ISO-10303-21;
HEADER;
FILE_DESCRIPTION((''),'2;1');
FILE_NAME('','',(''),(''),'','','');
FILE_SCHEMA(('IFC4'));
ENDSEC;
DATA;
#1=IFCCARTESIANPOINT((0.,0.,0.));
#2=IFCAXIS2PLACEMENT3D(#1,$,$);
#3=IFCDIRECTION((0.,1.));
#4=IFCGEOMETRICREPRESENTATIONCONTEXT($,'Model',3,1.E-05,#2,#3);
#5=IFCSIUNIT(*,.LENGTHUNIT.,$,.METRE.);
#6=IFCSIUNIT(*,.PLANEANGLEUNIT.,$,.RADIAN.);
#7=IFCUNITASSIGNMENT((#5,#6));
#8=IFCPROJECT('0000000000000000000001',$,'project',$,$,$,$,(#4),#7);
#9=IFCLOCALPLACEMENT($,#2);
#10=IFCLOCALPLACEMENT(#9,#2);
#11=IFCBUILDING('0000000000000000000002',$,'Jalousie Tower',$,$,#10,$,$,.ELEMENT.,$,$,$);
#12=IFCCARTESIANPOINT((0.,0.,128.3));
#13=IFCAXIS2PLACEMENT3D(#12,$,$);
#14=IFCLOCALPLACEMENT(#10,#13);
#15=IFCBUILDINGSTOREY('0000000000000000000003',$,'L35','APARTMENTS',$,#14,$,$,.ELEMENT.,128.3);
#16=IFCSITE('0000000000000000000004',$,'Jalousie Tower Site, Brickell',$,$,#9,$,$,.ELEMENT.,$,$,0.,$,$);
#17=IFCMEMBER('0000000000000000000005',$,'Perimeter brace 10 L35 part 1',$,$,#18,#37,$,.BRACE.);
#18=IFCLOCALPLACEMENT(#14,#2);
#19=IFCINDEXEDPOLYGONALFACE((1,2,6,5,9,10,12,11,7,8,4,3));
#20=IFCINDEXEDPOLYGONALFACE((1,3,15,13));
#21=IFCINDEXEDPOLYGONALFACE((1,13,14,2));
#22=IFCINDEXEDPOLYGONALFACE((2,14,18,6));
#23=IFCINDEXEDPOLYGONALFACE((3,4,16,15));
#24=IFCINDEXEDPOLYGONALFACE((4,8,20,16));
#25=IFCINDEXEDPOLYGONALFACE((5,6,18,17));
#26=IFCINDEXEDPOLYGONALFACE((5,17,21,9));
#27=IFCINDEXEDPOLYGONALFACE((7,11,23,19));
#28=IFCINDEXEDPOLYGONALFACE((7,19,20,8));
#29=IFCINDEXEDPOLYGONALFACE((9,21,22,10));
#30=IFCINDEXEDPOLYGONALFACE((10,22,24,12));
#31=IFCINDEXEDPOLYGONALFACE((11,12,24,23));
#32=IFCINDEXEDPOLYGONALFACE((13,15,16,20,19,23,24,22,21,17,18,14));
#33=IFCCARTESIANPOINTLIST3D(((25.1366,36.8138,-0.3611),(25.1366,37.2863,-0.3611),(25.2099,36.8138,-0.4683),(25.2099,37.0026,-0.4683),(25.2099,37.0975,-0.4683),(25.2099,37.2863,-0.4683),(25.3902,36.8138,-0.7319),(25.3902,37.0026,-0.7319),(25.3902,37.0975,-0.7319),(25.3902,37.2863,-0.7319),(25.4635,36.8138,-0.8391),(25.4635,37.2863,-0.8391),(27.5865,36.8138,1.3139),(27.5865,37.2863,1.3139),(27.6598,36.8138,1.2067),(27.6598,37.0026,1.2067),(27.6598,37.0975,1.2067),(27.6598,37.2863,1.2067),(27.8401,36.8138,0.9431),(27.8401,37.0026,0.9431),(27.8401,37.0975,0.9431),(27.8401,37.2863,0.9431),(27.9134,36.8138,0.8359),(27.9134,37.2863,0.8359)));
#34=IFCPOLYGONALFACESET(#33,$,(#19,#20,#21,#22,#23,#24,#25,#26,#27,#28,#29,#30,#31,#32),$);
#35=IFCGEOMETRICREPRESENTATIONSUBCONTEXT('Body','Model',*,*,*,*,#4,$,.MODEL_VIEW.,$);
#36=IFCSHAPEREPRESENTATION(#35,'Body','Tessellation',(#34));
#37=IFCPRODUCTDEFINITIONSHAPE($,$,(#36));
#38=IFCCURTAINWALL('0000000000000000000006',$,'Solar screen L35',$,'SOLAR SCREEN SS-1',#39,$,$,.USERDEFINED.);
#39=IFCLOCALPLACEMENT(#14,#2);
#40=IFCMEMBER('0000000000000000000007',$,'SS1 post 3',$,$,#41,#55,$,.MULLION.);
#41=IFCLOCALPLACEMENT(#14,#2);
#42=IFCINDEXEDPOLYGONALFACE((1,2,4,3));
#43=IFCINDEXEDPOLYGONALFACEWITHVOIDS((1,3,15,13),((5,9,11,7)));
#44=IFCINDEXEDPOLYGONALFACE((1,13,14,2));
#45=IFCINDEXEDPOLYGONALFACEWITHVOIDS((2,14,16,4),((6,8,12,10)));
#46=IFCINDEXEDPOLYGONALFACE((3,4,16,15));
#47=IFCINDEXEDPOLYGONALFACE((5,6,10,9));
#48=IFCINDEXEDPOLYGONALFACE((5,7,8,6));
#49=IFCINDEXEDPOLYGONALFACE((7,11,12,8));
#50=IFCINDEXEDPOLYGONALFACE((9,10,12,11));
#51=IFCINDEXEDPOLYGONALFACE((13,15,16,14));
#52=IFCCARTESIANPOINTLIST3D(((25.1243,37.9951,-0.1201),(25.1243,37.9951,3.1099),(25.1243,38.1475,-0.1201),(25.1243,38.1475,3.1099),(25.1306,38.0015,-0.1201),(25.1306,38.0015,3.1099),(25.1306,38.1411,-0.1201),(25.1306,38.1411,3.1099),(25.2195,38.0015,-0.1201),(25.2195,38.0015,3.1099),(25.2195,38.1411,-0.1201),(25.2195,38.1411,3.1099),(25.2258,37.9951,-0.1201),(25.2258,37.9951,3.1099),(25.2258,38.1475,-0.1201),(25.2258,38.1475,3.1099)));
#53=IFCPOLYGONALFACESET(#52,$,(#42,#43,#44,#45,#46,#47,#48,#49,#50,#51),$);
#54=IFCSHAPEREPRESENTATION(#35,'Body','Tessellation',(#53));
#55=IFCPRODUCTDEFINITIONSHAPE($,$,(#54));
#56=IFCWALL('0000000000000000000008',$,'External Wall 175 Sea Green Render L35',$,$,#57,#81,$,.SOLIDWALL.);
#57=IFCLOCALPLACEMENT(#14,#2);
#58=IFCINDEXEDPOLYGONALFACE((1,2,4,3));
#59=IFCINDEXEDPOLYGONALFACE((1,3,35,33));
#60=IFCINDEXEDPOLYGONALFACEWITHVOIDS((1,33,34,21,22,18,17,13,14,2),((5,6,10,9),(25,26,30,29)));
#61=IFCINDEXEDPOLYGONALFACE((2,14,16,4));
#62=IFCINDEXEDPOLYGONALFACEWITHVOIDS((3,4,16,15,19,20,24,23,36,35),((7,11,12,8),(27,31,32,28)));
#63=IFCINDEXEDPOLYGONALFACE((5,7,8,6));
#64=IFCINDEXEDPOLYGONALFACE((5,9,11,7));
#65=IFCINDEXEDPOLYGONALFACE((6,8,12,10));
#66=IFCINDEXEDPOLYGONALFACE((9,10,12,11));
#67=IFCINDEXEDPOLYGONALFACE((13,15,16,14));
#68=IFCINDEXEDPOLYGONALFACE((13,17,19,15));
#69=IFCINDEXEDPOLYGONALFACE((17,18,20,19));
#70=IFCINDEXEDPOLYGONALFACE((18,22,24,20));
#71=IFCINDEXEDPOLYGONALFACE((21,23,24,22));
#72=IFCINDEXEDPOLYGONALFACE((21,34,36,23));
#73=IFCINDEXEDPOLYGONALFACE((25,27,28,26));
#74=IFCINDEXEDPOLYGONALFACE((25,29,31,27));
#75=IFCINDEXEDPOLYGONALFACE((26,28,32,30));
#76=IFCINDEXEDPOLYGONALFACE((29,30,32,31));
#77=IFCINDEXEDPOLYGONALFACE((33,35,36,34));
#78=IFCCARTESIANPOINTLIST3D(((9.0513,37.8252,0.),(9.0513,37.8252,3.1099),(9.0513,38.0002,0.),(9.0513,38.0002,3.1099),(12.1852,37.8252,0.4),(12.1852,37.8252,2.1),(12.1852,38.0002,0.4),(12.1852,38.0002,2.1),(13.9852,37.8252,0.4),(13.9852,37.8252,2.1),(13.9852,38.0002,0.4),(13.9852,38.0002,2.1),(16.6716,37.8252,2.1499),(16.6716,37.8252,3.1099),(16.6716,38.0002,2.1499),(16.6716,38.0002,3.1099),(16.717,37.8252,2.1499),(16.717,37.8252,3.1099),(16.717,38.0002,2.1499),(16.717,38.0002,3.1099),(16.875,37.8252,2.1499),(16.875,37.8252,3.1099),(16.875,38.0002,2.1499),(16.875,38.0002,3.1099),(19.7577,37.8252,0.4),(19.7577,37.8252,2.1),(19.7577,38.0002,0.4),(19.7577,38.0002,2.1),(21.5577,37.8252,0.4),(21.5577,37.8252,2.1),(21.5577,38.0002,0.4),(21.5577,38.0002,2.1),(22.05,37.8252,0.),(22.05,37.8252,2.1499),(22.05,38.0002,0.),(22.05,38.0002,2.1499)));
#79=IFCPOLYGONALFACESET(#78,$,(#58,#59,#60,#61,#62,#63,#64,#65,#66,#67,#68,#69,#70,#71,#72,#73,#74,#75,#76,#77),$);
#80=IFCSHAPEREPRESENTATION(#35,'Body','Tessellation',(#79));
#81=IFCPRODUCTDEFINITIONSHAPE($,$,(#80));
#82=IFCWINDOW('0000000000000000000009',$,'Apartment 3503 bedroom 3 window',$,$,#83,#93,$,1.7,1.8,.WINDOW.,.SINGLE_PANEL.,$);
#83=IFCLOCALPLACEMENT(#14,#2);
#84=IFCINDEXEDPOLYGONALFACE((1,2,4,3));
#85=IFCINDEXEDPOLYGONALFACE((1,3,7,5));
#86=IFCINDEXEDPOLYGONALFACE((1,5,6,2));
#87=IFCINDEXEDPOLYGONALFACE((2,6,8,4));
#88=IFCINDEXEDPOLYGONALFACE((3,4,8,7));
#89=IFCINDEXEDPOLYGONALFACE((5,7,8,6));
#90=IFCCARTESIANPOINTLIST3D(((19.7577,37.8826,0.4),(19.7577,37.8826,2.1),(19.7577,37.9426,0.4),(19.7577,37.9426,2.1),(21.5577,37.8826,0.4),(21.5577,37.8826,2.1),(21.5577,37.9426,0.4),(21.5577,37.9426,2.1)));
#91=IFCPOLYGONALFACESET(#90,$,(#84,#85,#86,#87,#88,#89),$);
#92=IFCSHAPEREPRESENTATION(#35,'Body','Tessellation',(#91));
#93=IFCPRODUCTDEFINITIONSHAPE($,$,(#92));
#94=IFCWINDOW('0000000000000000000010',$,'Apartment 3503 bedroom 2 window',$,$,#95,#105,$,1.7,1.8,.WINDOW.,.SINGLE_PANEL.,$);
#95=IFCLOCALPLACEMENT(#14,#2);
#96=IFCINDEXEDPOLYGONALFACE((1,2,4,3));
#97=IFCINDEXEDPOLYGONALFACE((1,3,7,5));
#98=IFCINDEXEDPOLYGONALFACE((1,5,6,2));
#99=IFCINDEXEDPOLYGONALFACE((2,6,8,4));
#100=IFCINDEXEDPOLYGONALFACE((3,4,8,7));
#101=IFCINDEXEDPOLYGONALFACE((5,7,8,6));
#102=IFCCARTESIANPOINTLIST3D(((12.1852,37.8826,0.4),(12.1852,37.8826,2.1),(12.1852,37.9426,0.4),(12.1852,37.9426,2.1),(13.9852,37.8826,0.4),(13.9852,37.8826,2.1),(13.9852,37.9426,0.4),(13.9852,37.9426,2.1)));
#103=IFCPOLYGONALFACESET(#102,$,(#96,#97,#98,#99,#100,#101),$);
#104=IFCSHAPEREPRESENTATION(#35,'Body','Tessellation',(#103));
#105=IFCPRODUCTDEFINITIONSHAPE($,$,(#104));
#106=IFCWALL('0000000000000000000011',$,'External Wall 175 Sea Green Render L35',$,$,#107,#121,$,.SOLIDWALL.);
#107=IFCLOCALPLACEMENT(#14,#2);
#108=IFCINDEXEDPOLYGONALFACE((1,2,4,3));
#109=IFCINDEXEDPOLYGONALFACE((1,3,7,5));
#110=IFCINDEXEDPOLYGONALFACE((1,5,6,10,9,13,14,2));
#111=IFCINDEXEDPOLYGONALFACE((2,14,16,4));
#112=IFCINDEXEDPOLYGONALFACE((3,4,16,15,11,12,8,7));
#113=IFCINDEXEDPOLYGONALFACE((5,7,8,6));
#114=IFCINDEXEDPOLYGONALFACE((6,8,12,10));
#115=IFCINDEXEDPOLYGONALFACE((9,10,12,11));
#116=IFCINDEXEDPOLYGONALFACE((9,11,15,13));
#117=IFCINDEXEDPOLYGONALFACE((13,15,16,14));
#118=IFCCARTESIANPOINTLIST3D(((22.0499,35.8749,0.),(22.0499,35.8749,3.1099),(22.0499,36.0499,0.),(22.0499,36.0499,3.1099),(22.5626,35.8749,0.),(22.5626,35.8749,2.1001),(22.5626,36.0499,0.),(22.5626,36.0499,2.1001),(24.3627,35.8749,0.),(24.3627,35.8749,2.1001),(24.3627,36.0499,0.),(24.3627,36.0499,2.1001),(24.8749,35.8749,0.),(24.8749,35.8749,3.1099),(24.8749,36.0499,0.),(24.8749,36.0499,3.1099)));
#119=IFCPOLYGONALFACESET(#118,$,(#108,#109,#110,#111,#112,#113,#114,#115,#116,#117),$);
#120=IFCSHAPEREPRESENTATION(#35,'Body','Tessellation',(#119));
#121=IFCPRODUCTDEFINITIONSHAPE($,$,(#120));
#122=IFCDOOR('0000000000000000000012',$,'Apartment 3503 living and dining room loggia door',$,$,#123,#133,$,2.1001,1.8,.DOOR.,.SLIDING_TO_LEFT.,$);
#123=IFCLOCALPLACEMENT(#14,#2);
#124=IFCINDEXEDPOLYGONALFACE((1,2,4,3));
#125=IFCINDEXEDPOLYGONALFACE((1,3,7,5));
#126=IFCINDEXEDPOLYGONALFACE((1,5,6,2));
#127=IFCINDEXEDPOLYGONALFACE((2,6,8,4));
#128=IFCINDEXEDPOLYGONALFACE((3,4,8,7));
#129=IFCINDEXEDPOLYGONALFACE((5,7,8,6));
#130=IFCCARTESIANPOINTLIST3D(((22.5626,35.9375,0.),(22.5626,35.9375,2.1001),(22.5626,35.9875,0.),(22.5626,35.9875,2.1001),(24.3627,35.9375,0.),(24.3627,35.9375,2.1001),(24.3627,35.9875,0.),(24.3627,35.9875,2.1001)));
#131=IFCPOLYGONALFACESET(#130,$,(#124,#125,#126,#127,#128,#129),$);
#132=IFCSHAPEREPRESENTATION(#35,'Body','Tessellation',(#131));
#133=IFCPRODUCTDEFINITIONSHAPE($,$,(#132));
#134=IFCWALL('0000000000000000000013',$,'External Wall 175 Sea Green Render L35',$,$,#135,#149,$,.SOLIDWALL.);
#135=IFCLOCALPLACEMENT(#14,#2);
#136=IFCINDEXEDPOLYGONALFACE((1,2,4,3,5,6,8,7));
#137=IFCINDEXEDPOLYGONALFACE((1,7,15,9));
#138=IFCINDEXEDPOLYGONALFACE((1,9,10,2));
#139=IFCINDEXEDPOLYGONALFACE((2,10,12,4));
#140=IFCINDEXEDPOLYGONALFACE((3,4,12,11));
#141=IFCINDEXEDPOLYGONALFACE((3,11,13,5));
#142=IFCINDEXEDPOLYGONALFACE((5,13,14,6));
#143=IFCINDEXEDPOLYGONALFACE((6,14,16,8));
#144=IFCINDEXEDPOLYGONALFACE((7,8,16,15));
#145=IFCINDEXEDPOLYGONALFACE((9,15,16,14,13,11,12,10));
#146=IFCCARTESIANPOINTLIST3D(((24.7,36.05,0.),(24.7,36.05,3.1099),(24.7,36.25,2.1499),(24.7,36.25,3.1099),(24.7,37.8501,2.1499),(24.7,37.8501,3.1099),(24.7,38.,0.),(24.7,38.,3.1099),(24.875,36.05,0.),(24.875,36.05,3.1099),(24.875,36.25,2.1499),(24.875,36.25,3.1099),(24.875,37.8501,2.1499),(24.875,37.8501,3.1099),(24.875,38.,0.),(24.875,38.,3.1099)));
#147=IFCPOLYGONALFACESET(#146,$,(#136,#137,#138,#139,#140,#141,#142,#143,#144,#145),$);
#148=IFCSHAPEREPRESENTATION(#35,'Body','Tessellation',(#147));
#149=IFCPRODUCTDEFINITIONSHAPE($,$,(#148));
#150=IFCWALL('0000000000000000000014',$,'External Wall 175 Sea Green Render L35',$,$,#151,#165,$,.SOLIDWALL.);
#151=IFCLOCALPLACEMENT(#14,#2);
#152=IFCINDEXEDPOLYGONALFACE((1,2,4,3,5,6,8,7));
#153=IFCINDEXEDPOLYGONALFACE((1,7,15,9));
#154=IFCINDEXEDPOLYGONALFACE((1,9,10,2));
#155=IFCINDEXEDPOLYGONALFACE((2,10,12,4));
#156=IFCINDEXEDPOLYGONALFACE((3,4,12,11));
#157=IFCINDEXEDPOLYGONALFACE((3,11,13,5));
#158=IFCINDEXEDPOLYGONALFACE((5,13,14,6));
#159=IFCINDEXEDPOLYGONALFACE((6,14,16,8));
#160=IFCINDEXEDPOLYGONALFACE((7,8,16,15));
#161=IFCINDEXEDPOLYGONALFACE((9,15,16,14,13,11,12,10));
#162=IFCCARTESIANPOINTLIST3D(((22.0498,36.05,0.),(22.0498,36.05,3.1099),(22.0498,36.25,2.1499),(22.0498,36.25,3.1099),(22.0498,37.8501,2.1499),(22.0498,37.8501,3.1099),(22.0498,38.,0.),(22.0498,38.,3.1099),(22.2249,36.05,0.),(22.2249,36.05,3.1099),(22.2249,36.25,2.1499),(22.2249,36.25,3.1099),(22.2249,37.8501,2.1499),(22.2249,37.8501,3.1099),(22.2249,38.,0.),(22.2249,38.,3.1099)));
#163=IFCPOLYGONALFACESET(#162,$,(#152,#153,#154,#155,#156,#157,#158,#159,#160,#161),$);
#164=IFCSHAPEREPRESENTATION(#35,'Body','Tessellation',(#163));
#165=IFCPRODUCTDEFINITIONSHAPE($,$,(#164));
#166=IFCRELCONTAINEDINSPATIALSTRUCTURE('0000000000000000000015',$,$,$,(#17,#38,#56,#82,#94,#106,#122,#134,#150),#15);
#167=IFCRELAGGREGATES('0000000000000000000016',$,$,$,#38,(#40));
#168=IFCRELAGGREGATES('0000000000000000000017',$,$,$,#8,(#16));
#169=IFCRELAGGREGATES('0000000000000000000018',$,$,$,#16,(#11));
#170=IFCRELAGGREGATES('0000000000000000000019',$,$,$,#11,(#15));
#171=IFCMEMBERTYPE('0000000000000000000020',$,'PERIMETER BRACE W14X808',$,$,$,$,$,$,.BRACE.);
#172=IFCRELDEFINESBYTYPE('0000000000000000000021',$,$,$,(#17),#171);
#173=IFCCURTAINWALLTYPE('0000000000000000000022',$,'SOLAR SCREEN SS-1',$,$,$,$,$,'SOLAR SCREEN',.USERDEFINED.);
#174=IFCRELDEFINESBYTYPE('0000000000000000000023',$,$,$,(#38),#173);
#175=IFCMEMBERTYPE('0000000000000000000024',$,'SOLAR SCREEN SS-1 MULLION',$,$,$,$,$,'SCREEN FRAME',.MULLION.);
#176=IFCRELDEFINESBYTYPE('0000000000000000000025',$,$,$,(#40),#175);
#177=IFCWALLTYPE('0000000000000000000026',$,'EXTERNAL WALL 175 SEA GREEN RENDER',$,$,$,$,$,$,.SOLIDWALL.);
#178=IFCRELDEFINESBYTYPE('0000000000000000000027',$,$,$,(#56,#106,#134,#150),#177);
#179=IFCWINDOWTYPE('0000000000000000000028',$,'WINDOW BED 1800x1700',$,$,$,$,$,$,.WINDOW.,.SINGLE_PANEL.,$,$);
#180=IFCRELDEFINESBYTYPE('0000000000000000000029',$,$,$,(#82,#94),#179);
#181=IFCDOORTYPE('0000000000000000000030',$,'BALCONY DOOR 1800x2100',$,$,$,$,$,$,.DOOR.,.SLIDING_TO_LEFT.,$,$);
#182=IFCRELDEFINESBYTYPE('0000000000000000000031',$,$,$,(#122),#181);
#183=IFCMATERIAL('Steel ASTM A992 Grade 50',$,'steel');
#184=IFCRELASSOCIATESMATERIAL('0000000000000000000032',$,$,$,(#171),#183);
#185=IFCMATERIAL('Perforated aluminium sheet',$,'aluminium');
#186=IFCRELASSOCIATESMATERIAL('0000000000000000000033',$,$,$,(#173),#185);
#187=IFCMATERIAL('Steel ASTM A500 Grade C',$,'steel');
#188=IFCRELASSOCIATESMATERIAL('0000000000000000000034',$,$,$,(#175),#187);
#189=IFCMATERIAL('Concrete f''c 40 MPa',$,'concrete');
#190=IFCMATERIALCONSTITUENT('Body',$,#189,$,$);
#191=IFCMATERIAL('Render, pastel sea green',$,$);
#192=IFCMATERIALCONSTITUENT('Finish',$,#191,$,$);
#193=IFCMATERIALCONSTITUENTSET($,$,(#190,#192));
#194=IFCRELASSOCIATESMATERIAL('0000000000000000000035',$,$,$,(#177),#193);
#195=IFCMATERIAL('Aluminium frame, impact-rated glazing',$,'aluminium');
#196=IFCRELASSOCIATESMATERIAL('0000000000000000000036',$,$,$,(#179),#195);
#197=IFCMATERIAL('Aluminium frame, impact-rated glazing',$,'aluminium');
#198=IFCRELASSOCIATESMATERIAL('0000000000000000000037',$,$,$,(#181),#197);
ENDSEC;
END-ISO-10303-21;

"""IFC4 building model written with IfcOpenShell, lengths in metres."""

from ifc_helpers import new_model, si_unit, direction, frame, frame_2d, origin, origin_2d, place, context, subcontext, project, spatial, polyline, rectangle, hollow_rectangle, i_section, outline, extrude, material, constituent, constituent_set, material_profile, profile_set, type_object, element, fill, aggregate, save


model = new_model("IFC4")

# Units and contexts
model_context = context("Model", 3, precision=1e-05, world=origin(), true_north=direction((0.0, 1.0)))
body_context = subcontext(model_context, "Body", "Model", "MODEL_VIEW")
ifc_project = project(units=[si_unit("LENGTHUNIT", "METRE"), si_unit("PLANEANGLEUNIT", "RADIAN")], contexts=[model_context])

# Site, building, storey
site_placement = place(None, origin())
site = spatial("IfcSite", under=ifc_project, at=site_placement, Name="Jalousie Tower Site, Brickell", CompositionType="ELEMENT", RefElevation=0.0)
building_placement = place(site_placement, origin())
building = spatial("IfcBuilding", under=site, at=building_placement, Name="Jalousie Tower", CompositionType="ELEMENT")
storey_placement = place(building_placement, frame((0.0, 0.0, 128.3)))
storey = spatial("IfcBuildingStorey", under=building, at=storey_placement, Name="L35", Description="APARTMENTS", CompositionType="ELEMENT", Elevation=128.3)

# Member
ifc_material_1 = material(Name="Steel ASTM A992 Grade 50", Category="steel")
ifc_material_profile_1 = material_profile(ifc_material_1, i_section(OverallWidth=0.4724, OverallDepth=0.5791, WebThickness=0.095, FlangeThickness=0.1299, at=origin_2d()), Name="W14X808")
ifc_profile_set_1 = profile_set([ifc_material_profile_1], Name="Steel ASTM A992 Grade 50")
member_type_1 = type_object("IfcMemberType", Name="PERIMETER BRACE W14X808", PredefinedType="BRACE", material=ifc_profile_set_1)
member_1_placement = place(storey_placement, frame((25.3, 37.05, -0.6001), z_axis=(0.825501, 0.0, 0.564401), x_axis=(0.0, 1.0, 0.0)))
element("IfcMember", 1, at=member_1_placement, inside=storey, type_object=member_type_1, Name="Perimeter brace 10 L35 part 1", PredefinedType="BRACE", context=body_context, shape_type="SweptSolid", body=[
    extrude(i_section(OverallWidth=0.4724, OverallDepth=0.5791, WebThickness=0.095, FlangeThickness=0.1299, at=origin_2d()), origin(), (0.0, 0.0, 1.0), 2.9678),
])

# Curtain wall, member
ifc_material_2 = material(Name="Perforated aluminium sheet", Category="aluminium")
curtain_wall_type = type_object("IfcCurtainWallType", Name="SOLAR SCREEN SS-1", ElementType="SOLAR SCREEN", PredefinedType="USERDEFINED", material=ifc_material_2)
curtain_wall_placement = place(storey_placement, origin())
curtain_wall = element("IfcCurtainWall", 2, at=curtain_wall_placement, inside=storey, type_object=curtain_wall_type, Name="Solar screen L35", ObjectType="SOLAR SCREEN SS-1", PredefinedType="USERDEFINED")
ifc_material_3 = material(Name="Steel ASTM A500 Grade C", Category="steel")
ifc_material_profile_2 = material_profile(ifc_material_3, hollow_rectangle(XDim=0.1016, YDim=0.1523, WallThickness=0.0063, at=origin_2d()), Name="HSS6X4X1/4")
ifc_profile_set_2 = profile_set([ifc_material_profile_2], Name="Steel ASTM A500 Grade C")
member_type_2 = type_object("IfcMemberType", Name="SOLAR SCREEN SS-1 MULLION", ElementType="SCREEN FRAME", PredefinedType="MULLION", material=ifc_profile_set_2)
member_2_placement = place(storey_placement, frame((25.175, 38.0713, -0.1201), z_axis=(0.0, 0.0, 1.0), x_axis=(-1.0, 0.0, 0.0)))
member_2 = element("IfcMember", 3, at=member_2_placement, type_object=member_type_2, Name="SS1 post 3", PredefinedType="MULLION", context=body_context, shape_type="SweptSolid", body=[
    extrude(hollow_rectangle(XDim=0.1016, YDim=0.1523, WallThickness=0.0063, at=origin_2d()), origin(), (0.0, 0.0, 1.0), 3.23),
])
aggregate(curtain_wall, [member_2])

# Wall, openings, windows
ifc_material_4 = material(Name="Concrete f'c 40 MPa", Category="concrete")
ifc_constituent_1 = constituent(ifc_material_4, Name="Body")
ifc_material_5 = material(Name="Render, pastel sea green")
ifc_constituent_2 = constituent(ifc_material_5, Name="Finish")
ifc_constituent_set_1 = constituent_set(constituents=[ifc_constituent_1, ifc_constituent_2])
wall_type_1 = type_object("IfcWallType", Name="EXTERNAL WALL 175 SEA GREEN RENDER", PredefinedType="SOLIDWALL", material=ifc_constituent_set_1)
wall_1_placement = place(storey_placement, frame((22.05, 37.9126, 0.0), z_axis=(0.0, 0.0, 1.0), x_axis=(-1.0, 0.0, 0.0)))
wall_1 = element("IfcWall", 4, at=wall_1_placement, inside=storey, type_object=wall_type_1, Name="External Wall 175 Sea Green Render L35", PredefinedType="SOLIDWALL", context=body_context, shape_type="SweptSolid", body=[
    extrude(outline(polyline([(0.0, 0.0), (12.9988, 0.0), (12.9988, 3.1099), (5.3784, 3.1099), (5.3784, 2.1499), (5.333, 2.1499), (5.333, 3.1099), (5.175, 3.1099), (5.175, 2.1499), (0.0, 2.1499), (0.0, 0.0)])), frame((0.0, 0.0874, 0.0), z_axis=(0.0, -1.0, 0.0), x_axis=(1.0, 0.0, 0.0)), (0.0, 0.0, 1.0), 0.175),
])
opening_1_placement = place(wall_1_placement, frame((0.4924, 0.0, 0.3999)))
opening_1 = element("IfcOpeningElement", 5, at=opening_1_placement, cuts=wall_1, PredefinedType="OPENING", context=body_context, shape_type="SweptSolid", body=[
    extrude(rectangle(XDim=1.8, YDim=1.7, at=frame_2d((0.8999, 0.8501))), frame((0.0, 0.0974, 0.0), z_axis=(0.0, -1.0, 0.0), x_axis=(1.0, 0.0, 0.0)), (0.0, 0.0, 1.0), 0.1951),
])
opening_2_placement = place(wall_1_placement, frame((8.0649, 0.0, 0.3999)))
opening_2 = element("IfcOpeningElement", 6, at=opening_2_placement, cuts=wall_1, PredefinedType="OPENING", context=body_context, shape_type="SweptSolid", body=[
    extrude(rectangle(XDim=1.8, YDim=1.7, at=frame_2d((0.8999, 0.8501))), frame((0.0, 0.0974, 0.0), z_axis=(0.0, -1.0, 0.0), x_axis=(1.0, 0.0, 0.0)), (0.0, 0.0, 1.0), 0.1951),
])
ifc_material_6 = material(Name="Aluminium frame, impact-rated glazing", Category="aluminium")
window_type = type_object("IfcWindowType", Name="WINDOW BED 1800x1700", PartitioningType="SINGLE_PANEL", PredefinedType="WINDOW", material=ifc_material_6)
window_1_placement = place(opening_1_placement, origin())
window_1 = element("IfcWindow", 7, at=window_1_placement, inside=storey, type_object=window_type, Name="Apartment 3503 bedroom 3 window", OverallHeight=1.7, OverallWidth=1.8, PartitioningType="SINGLE_PANEL", PredefinedType="WINDOW", context=body_context, shape_type="SweptSolid", body=[
    extrude(rectangle(XDim=1.8, YDim=1.7, at=frame_2d((0.8999, 0.8501))), frame((0.0, 0.03, 0.0), z_axis=(0.0, -1.0, 0.0), x_axis=(1.0, 0.0, 0.0)), (0.0, 0.0, 1.0), 0.0601),
])
fill(opening_1, window_1)
window_2_placement = place(opening_2_placement, origin())
window_2 = element("IfcWindow", 8, at=window_2_placement, inside=storey, type_object=window_type, Name="Apartment 3503 bedroom 2 window", OverallHeight=1.7, OverallWidth=1.8, PartitioningType="SINGLE_PANEL", PredefinedType="WINDOW", context=body_context, shape_type="SweptSolid", body=[
    extrude(rectangle(XDim=1.8, YDim=1.7, at=frame_2d((0.8999, 0.8501))), frame((0.0, 0.03, 0.0), z_axis=(0.0, -1.0, 0.0), x_axis=(1.0, 0.0, 0.0)), (0.0, 0.0, 1.0), 0.0601),
])
fill(opening_2, window_2)

# Wall, opening, door
wall_2_placement = place(storey_placement, frame((24.875, 35.9624, 0.0), z_axis=(0.0, 0.0, 1.0), x_axis=(-1.0, 0.0, 0.0)))
wall_2 = element("IfcWall", 9, at=wall_2_placement, inside=storey, type_object=wall_type_1, Name="External Wall 175 Sea Green Render L35", PredefinedType="SOLIDWALL", context=body_context, shape_type="SweptSolid", body=[
    extrude(rectangle(XDim=2.825, YDim=0.175, at=frame_2d((1.4126, 0.0))), origin(), (0.0, 0.0, 1.0), 3.1099),
])
opening_3_placement = place(wall_2_placement, frame((0.5125, 0.0, 0.0)))
opening_3 = element("IfcOpeningElement", 10, at=opening_3_placement, cuts=wall_2, PredefinedType="OPENING", context=body_context, shape_type="SweptSolid", body=[
    extrude(rectangle(XDim=1.8, YDim=2.1001, at=frame_2d((0.8999, 1.05))), frame((0.0, 0.0974, 0.0), z_axis=(0.0, -1.0, 0.0), x_axis=(1.0, 0.0, 0.0)), (0.0, 0.0, 1.0), 0.1951),
])
ifc_material_7 = material(Name="Aluminium frame, impact-rated glazing", Category="aluminium")
door_type_1 = type_object("IfcDoorType", Name="BALCONY DOOR 1800x2100", OperationType="SLIDING_TO_LEFT", PredefinedType="DOOR", material=ifc_material_7)
door_1_placement = place(opening_3_placement, origin())
door_1 = element("IfcDoor", 11, at=door_1_placement, inside=storey, type_object=door_type_1, Name="Apartment 3503 living and dining room loggia door", OperationType="SLIDING_TO_LEFT", OverallHeight=2.1001, OverallWidth=1.8, PredefinedType="DOOR", context=body_context, shape_type="SweptSolid", body=[
    extrude(rectangle(XDim=1.8, YDim=2.1001, at=frame_2d((0.8999, 1.05))), frame((0.0, 0.0249, 0.0), z_axis=(0.0, -1.0, 0.0), x_axis=(1.0, 0.0, 0.0)), (0.0, 0.0, 1.0), 0.05),
])
fill(opening_3, door_1)

# Walls
for number, where, z_axis, x_axis, name in (
    (12, (24.7876, 38.0, 0.0), (0.0, 0.0, 1.0), (0.0, -1.0, 0.0), "External Wall 175 Sea Green Render L35"),
    (13, (22.1375, 38.0, 0.0), (0.0, 0.0, 1.0), (0.0, -1.0, 0.0), "External Wall 175 Sea Green Render L35"),
):
    element("IfcWall", number, at=place(storey_placement, frame(where, z_axis=z_axis, x_axis=x_axis)), inside=storey, type_object=wall_type_1, Name=name, PredefinedType="SOLIDWALL", context=body_context, shape_type="SweptSolid", body=[
        extrude(outline(polyline([(0.0, 0.0), (1.95, 0.0), (1.95, 3.1099), (1.75, 3.1099), (1.75, 2.1499), (0.1499, 2.1499), (0.1499, 3.1099), (0.0, 3.1099), (0.0, 0.0)])), frame((0.0, 0.0874, 0.0), z_axis=(0.0, -1.0, 0.0), x_axis=(1.0, 0.0, 0.0)), (0.0, 0.0, 1.0), 0.175),
    ])

save(model, "model.ifc")
